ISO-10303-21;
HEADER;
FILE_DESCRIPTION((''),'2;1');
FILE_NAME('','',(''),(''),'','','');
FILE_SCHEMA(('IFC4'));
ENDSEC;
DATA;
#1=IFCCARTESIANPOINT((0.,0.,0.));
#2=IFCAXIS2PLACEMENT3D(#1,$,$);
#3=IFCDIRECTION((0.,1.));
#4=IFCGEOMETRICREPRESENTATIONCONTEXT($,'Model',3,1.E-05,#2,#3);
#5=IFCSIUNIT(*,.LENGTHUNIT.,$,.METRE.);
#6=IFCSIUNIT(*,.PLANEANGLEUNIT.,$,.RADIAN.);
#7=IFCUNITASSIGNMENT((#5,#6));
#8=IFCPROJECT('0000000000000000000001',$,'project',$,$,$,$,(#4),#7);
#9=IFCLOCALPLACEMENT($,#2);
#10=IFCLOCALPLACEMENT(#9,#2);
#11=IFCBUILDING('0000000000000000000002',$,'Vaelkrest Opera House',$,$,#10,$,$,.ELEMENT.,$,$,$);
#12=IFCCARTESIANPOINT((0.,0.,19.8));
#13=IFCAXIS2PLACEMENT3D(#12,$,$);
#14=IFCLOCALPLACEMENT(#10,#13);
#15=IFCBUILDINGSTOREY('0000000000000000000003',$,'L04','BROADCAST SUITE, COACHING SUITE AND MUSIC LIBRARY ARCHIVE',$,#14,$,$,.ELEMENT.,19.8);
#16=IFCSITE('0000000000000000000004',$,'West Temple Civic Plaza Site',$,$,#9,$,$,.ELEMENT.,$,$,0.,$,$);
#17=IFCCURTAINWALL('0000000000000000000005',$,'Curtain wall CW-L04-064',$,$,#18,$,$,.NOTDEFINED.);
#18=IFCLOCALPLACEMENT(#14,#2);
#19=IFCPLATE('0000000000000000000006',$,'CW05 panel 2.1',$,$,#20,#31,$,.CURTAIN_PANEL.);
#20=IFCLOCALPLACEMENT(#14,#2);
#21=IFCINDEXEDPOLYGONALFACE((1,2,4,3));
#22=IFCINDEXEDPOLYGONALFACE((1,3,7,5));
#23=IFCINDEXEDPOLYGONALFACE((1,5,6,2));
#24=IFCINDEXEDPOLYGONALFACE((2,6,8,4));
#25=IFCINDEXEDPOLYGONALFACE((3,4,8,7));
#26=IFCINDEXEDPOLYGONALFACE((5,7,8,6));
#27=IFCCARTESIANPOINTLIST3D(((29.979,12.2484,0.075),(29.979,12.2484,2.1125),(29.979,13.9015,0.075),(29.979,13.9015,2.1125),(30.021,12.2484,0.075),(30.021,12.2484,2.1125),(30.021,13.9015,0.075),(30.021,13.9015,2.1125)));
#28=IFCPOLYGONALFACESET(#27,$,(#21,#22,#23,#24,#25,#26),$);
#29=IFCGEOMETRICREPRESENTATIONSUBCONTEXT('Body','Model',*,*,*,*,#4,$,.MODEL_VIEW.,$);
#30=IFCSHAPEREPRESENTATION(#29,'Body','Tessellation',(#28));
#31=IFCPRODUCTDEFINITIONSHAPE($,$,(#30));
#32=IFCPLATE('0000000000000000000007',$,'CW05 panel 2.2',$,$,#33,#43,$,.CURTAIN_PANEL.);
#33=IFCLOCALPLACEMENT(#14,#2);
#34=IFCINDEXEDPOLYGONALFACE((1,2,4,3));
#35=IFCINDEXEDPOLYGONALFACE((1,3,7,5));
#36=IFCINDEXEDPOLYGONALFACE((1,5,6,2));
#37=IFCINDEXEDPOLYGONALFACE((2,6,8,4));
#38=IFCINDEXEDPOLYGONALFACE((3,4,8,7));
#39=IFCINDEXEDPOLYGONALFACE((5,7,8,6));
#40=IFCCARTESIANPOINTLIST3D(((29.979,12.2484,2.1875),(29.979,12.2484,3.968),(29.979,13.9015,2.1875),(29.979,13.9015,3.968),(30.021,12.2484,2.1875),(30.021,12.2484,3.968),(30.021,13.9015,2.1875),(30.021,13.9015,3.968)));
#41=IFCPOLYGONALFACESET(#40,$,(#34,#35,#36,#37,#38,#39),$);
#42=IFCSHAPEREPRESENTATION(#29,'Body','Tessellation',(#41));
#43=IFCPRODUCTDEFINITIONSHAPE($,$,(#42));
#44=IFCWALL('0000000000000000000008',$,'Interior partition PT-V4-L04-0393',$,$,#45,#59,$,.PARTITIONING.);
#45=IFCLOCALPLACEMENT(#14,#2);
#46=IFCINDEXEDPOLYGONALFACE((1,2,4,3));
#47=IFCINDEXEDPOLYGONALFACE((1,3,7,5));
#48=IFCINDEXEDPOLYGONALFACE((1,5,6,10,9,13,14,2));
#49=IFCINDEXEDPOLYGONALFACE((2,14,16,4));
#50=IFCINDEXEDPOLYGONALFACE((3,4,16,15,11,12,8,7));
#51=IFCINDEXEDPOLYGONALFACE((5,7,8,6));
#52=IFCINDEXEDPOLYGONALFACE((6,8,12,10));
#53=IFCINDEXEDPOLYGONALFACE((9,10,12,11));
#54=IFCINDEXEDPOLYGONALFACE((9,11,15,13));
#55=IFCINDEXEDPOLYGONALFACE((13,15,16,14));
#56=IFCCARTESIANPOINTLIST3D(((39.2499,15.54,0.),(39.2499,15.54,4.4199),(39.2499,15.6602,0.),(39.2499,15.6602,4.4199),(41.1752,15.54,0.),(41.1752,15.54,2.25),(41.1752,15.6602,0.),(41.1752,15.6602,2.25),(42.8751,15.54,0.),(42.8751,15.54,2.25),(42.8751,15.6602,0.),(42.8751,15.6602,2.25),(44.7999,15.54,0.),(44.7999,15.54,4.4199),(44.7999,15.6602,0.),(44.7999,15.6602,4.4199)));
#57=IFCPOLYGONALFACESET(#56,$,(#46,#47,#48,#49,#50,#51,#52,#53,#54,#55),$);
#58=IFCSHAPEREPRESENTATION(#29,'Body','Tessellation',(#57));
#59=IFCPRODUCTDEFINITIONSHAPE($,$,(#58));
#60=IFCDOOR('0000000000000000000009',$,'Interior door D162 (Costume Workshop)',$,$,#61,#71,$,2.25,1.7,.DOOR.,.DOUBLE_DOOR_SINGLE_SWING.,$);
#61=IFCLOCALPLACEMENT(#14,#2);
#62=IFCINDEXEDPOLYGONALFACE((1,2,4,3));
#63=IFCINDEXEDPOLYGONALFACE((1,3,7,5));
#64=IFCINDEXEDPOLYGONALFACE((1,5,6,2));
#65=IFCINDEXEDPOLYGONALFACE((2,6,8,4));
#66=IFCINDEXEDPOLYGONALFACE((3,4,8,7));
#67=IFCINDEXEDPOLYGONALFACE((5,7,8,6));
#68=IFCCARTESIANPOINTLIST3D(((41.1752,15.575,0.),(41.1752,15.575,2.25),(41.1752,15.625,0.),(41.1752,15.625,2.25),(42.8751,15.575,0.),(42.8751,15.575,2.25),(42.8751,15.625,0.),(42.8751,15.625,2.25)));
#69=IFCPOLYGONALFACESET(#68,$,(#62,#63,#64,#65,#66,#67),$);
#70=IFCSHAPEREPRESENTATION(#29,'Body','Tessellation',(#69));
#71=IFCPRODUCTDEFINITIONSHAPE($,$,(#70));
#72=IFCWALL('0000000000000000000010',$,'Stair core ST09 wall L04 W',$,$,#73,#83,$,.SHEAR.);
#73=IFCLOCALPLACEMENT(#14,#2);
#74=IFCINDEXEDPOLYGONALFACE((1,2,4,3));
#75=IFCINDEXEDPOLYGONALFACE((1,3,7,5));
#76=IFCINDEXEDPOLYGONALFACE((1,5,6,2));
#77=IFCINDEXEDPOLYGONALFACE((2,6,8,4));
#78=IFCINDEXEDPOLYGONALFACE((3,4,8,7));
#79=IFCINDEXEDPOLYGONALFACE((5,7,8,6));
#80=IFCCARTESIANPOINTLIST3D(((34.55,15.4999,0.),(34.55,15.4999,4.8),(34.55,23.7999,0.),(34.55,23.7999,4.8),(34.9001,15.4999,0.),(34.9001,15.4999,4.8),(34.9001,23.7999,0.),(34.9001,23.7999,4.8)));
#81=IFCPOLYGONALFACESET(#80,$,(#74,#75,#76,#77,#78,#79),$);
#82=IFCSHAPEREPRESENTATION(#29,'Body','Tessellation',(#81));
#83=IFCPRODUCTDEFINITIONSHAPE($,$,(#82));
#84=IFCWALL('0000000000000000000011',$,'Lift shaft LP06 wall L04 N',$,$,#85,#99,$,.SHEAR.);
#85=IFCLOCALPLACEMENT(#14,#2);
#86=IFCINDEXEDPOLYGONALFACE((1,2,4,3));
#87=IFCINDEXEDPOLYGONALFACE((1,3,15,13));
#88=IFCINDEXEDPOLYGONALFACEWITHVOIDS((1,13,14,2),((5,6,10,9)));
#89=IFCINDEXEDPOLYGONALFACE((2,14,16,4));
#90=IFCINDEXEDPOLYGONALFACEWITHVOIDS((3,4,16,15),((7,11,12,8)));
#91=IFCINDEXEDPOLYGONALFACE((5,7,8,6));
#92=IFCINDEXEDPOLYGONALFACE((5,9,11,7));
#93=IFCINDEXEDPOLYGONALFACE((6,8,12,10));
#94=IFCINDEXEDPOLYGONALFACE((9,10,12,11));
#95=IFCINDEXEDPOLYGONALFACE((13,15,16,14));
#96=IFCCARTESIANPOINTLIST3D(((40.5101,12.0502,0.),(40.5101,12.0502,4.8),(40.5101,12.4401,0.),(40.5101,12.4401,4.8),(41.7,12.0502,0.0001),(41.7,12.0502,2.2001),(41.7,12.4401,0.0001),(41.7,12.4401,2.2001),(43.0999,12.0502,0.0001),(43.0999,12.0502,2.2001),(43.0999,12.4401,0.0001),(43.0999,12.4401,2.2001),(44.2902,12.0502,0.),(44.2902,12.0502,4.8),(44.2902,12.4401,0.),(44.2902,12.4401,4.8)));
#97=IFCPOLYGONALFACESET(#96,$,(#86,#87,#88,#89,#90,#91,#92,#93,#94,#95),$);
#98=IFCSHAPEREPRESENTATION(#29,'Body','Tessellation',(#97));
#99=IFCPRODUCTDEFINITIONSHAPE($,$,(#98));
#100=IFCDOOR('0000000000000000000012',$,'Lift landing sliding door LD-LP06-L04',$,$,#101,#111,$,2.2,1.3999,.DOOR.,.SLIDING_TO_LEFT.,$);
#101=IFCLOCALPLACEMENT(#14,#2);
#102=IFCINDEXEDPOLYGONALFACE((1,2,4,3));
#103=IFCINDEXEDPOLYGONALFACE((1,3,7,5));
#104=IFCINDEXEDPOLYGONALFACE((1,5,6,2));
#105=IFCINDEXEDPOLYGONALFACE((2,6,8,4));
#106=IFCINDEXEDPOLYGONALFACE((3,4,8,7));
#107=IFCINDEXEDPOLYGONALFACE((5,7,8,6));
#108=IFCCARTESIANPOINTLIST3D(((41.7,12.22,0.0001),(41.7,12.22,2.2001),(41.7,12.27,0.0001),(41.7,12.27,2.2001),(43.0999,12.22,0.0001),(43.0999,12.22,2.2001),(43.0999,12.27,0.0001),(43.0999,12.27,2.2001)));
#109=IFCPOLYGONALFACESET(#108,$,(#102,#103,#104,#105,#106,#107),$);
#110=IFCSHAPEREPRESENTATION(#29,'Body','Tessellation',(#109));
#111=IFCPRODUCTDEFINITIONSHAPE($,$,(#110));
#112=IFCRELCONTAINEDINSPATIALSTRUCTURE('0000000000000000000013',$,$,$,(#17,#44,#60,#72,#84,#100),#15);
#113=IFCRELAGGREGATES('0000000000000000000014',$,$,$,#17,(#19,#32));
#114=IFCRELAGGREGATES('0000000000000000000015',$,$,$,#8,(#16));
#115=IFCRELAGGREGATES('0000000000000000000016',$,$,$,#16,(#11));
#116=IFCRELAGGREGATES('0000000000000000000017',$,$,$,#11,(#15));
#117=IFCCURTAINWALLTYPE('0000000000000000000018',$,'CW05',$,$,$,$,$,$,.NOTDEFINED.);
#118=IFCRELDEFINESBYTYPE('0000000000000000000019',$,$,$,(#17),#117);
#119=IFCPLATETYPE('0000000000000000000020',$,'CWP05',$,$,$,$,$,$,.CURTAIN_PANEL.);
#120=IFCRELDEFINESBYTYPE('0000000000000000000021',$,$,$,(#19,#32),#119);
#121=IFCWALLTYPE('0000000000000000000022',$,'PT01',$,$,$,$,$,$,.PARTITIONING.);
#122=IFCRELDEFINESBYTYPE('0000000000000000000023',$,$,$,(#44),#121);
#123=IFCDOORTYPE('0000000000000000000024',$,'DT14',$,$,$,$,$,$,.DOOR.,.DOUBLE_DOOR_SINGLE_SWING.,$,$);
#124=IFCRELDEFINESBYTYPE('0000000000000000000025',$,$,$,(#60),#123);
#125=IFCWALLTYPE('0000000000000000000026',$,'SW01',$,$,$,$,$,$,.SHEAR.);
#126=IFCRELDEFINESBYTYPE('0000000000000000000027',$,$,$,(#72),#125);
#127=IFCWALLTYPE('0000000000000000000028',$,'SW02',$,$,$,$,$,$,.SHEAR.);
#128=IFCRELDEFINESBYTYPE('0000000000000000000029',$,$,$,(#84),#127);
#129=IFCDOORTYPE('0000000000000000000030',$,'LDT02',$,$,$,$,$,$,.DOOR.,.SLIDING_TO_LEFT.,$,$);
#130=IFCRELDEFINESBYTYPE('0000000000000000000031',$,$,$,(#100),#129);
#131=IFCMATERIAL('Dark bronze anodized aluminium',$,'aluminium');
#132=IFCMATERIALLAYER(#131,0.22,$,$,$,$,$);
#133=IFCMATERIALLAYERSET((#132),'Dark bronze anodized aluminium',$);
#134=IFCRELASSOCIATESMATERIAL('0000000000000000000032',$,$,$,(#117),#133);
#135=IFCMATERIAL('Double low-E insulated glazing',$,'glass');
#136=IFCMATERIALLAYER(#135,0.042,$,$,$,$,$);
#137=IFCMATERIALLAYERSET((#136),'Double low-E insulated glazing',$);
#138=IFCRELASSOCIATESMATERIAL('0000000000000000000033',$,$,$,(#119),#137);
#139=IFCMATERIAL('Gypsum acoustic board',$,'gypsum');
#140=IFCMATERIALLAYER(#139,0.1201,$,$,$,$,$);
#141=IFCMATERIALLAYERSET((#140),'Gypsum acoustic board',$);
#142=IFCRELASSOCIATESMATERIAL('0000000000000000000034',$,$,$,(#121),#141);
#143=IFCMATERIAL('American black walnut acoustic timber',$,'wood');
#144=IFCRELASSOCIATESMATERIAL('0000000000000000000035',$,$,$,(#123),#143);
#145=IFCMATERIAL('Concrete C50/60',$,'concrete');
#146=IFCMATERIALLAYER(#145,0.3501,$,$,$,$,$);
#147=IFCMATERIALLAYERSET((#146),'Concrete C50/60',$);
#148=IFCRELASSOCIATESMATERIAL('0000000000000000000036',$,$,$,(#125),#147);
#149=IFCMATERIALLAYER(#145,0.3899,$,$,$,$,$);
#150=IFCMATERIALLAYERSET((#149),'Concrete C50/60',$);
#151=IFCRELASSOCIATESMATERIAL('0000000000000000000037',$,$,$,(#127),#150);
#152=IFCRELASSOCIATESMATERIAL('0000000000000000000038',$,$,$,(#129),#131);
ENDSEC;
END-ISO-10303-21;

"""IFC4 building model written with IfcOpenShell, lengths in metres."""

from ifc_helpers import new_model, si_unit, direction, frame, frame_2d, origin, origin_2d, place, context, subcontext, project, spatial, rectangle, extrude, material, layer, layer_set, type_object, element, fill, aggregate, save


model = new_model("IFC4")

# Units and contexts
model_context = context("Model", 3, precision=1e-05, world=origin(), true_north=direction((0.0, 1.0)))
body_context = subcontext(model_context, "Body", "Model", "MODEL_VIEW")
ifc_project = project(units=[si_unit("LENGTHUNIT", "METRE"), si_unit("PLANEANGLEUNIT", "RADIAN")], contexts=[model_context])

# Site, building, storey
site_placement = place(None, origin())
site = spatial("IfcSite", under=ifc_project, at=site_placement, Name="West Temple Civic Plaza Site", CompositionType="ELEMENT", RefElevation=0.0)
building_placement = place(site_placement, origin())
building = spatial("IfcBuilding", under=site, at=building_placement, Name="Vaelkrest Opera House", CompositionType="ELEMENT")
storey_placement = place(building_placement, frame((0.0, 0.0, 19.8)))
storey = spatial("IfcBuildingStorey", under=building, at=storey_placement, Name="L04", Description="BROADCAST SUITE, COACHING SUITE AND MUSIC LIBRARY ARCHIVE", CompositionType="ELEMENT", Elevation=19.8)

# Shared definitions
ifc_material_1 = material(Name="Concrete C50/60", Category="concrete")

# Curtain wall, plates
ifc_material_2 = material(Name="Dark bronze anodized aluminium", Category="aluminium")
ifc_layer_1 = layer(ifc_material_2, 0.22)
ifc_layer_set_1 = layer_set([ifc_layer_1], Name="Dark bronze anodized aluminium")
curtain_wall_type = type_object("IfcCurtainWallType", Name="CW05", PredefinedType="NOTDEFINED", material=ifc_layer_set_1)
curtain_wall_placement = place(storey_placement, origin())
curtain_wall = element("IfcCurtainWall", 1, at=curtain_wall_placement, inside=storey, type_object=curtain_wall_type, Name="Curtain wall CW-L04-064", PredefinedType="NOTDEFINED")
ifc_material_3 = material(Name="Double low-E insulated glazing", Category="glass")
ifc_layer_2 = layer(ifc_material_3, 0.042)
ifc_layer_set_2 = layer_set([ifc_layer_2], Name="Double low-E insulated glazing")
plate_type = type_object("IfcPlateType", Name="CWP05", PredefinedType="CURTAIN_PANEL", material=ifc_layer_set_2)
plate_1_placement = place(storey_placement, frame((30.0, 13.075, 0.075), z_axis=(0.0, 0.0, 1.0), x_axis=(0.0, -1.0, 0.0)))
plate_1 = element("IfcPlate", 2, at=plate_1_placement, type_object=plate_type, Name="CW05 panel 2.1", PredefinedType="CURTAIN_PANEL", context=body_context, shape_type="SweptSolid", body=[
    extrude(rectangle(XDim=1.6531, YDim=0.042, at=origin_2d()), origin(), (0.0, 0.0, 1.0), 2.0376),
])
plate_2_placement = place(storey_placement, frame((30.0, 13.075, 2.1875), z_axis=(0.0, 0.0, 1.0), x_axis=(0.0, -1.0, 0.0)))
plate_2 = element("IfcPlate", 3, at=plate_2_placement, type_object=plate_type, Name="CW05 panel 2.2", PredefinedType="CURTAIN_PANEL", context=body_context, shape_type="SweptSolid", body=[
    extrude(rectangle(XDim=1.6531, YDim=0.042, at=origin_2d()), origin(), (0.0, 0.0, 1.0), 1.7805),
])
aggregate(curtain_wall, [plate_1, plate_2])

# Wall, opening, door
ifc_material_4 = material(Name="Gypsum acoustic board", Category="gypsum")
ifc_layer_3 = layer(ifc_material_4, 0.1201)
ifc_layer_set_3 = layer_set([ifc_layer_3], Name="Gypsum acoustic board")
wall_type_1 = type_object("IfcWallType", Name="PT01", PredefinedType="PARTITIONING", material=ifc_layer_set_3)
wall_1_placement = place(storey_placement, frame((39.25, 15.6001, 0.0), z_axis=(0.0, 0.0, 1.0), x_axis=(1.0, 0.0, 0.0)))
wall_1 = element("IfcWall", 4, at=wall_1_placement, inside=storey, type_object=wall_type_1, Name="Interior partition PT-V4-L04-0393", PredefinedType="PARTITIONING", context=body_context, shape_type="SweptSolid", body=[
    extrude(rectangle(XDim=5.55, YDim=0.1201, at=frame_2d((2.7749, 0.0))), origin(), (0.0, 0.0, 1.0), 4.4199),
])
opening_1_placement = place(wall_1_placement, frame((1.925, 0.0, 0.0)))
opening_1 = element("IfcOpeningElement", 5, at=opening_1_placement, cuts=wall_1, PredefinedType="OPENING", context=body_context, shape_type="SweptSolid", body=[
    extrude(rectangle(XDim=1.7, YDim=2.25, at=frame_2d((0.8501, 1.125))), frame((0.0, 0.0701, 0.0), z_axis=(0.0, -1.0, 0.0), x_axis=(1.0, 0.0, 0.0)), (0.0, 0.0, 1.0), 0.1401),
])
ifc_material_5 = material(Name="American black walnut acoustic timber", Category="wood")
door_type_1 = type_object("IfcDoorType", Name="DT14", OperationType="DOUBLE_DOOR_SINGLE_SWING", PredefinedType="DOOR", material=ifc_material_5)
door_1_placement = place(opening_1_placement, origin())
door_1 = element("IfcDoor", 6, at=door_1_placement, inside=storey, type_object=door_type_1, Name="Interior door D162 (Costume Workshop)", OperationType="DOUBLE_DOOR_SINGLE_SWING", OverallHeight=2.25, OverallWidth=1.7, PredefinedType="DOOR", context=body_context, shape_type="SweptSolid", body=[
    extrude(rectangle(XDim=1.7, YDim=2.25, at=frame_2d((0.8501, 1.125))), frame((0.0, 0.0249, 0.0), z_axis=(0.0, -1.0, 0.0), x_axis=(1.0, 0.0, 0.0)), (0.0, 0.0, 1.0), 0.05),
])
fill(opening_1, door_1)
ifc_layer_4 = layer(ifc_material_1, 0.3501)
ifc_layer_set_4 = layer_set([ifc_layer_4], Name="Concrete C50/60")
wall_type_2 = type_object("IfcWallType", Name="SW01", PredefinedType="SHEAR", material=ifc_layer_set_4)

# Wall
wall_2_placement = place(storey_placement, frame((34.7251, 15.5, 0.0), z_axis=(0.0, 0.0, 1.0), x_axis=(0.0, 1.0, 0.0)))
element("IfcWall", 7, at=wall_2_placement, inside=storey, type_object=wall_type_2, Name="Stair core ST09 wall L04 W", PredefinedType="SHEAR", context=body_context, shape_type="SweptSolid", body=[
    extrude(rectangle(XDim=8.3, YDim=0.3501, at=frame_2d((4.1499, 0.0))), origin(), (0.0, 0.0, 1.0), 4.8),
])

# Wall, opening, door
ifc_layer_5 = layer(ifc_material_1, 0.3899)
ifc_layer_set_5 = layer_set([ifc_layer_5], Name="Concrete C50/60")
wall_type_3 = type_object("IfcWallType", Name="SW02", PredefinedType="SHEAR", material=ifc_layer_set_5)
wall_3_placement = place(storey_placement, frame((40.51, 12.2451, 0.0), z_axis=(0.0, 0.0, 1.0), x_axis=(1.0, 0.0, 0.0)))
wall_3 = element("IfcWall", 8, at=wall_3_placement, inside=storey, type_object=wall_type_3, Name="Lift shaft LP06 wall L04 N", PredefinedType="SHEAR", context=body_context, shape_type="SweptSolid", body=[
    extrude(rectangle(XDim=3.78, YDim=0.3899, at=frame_2d((1.8901, 0.0))), origin(), (0.0, 0.0, 1.0), 4.8),
])
opening_2_placement = place(wall_3_placement, frame((1.1899, 0.0, 0.0)))
opening_2 = element("IfcOpeningElement", 9, at=opening_2_placement, cuts=wall_3, PredefinedType="OPENING", context=body_context, shape_type="SweptSolid", body=[
    extrude(rectangle(XDim=1.3999, YDim=2.2, at=frame_2d((0.7, 1.1001))), frame((0.0, 0.2048, 0.0), z_axis=(0.0, -1.0, 0.0), x_axis=(1.0, 0.0, 0.0)), (0.0, 0.0, 1.0), 0.4099),
])
door_type_2 = type_object("IfcDoorType", Name="LDT02", OperationType="SLIDING_TO_LEFT", PredefinedType="DOOR", material=ifc_material_2)
door_2_placement = place(opening_2_placement, origin())
door_2 = element("IfcDoor", 10, at=door_2_placement, inside=storey, type_object=door_type_2, Name="Lift landing sliding door LD-LP06-L04", OperationType="SLIDING_TO_LEFT", OverallHeight=2.2, OverallWidth=1.3999, PredefinedType="DOOR", context=body_context, shape_type="SweptSolid", body=[
    extrude(rectangle(XDim=1.3999, YDim=2.2, at=frame_2d((0.7, 1.1001))), frame((0.0, 0.0249, 0.0), z_axis=(0.0, -1.0, 0.0), x_axis=(1.0, 0.0, 0.0)), (0.0, 0.0, 1.0), 0.05),
])
fill(opening_2, door_2)

save(model, "model.ifc")
